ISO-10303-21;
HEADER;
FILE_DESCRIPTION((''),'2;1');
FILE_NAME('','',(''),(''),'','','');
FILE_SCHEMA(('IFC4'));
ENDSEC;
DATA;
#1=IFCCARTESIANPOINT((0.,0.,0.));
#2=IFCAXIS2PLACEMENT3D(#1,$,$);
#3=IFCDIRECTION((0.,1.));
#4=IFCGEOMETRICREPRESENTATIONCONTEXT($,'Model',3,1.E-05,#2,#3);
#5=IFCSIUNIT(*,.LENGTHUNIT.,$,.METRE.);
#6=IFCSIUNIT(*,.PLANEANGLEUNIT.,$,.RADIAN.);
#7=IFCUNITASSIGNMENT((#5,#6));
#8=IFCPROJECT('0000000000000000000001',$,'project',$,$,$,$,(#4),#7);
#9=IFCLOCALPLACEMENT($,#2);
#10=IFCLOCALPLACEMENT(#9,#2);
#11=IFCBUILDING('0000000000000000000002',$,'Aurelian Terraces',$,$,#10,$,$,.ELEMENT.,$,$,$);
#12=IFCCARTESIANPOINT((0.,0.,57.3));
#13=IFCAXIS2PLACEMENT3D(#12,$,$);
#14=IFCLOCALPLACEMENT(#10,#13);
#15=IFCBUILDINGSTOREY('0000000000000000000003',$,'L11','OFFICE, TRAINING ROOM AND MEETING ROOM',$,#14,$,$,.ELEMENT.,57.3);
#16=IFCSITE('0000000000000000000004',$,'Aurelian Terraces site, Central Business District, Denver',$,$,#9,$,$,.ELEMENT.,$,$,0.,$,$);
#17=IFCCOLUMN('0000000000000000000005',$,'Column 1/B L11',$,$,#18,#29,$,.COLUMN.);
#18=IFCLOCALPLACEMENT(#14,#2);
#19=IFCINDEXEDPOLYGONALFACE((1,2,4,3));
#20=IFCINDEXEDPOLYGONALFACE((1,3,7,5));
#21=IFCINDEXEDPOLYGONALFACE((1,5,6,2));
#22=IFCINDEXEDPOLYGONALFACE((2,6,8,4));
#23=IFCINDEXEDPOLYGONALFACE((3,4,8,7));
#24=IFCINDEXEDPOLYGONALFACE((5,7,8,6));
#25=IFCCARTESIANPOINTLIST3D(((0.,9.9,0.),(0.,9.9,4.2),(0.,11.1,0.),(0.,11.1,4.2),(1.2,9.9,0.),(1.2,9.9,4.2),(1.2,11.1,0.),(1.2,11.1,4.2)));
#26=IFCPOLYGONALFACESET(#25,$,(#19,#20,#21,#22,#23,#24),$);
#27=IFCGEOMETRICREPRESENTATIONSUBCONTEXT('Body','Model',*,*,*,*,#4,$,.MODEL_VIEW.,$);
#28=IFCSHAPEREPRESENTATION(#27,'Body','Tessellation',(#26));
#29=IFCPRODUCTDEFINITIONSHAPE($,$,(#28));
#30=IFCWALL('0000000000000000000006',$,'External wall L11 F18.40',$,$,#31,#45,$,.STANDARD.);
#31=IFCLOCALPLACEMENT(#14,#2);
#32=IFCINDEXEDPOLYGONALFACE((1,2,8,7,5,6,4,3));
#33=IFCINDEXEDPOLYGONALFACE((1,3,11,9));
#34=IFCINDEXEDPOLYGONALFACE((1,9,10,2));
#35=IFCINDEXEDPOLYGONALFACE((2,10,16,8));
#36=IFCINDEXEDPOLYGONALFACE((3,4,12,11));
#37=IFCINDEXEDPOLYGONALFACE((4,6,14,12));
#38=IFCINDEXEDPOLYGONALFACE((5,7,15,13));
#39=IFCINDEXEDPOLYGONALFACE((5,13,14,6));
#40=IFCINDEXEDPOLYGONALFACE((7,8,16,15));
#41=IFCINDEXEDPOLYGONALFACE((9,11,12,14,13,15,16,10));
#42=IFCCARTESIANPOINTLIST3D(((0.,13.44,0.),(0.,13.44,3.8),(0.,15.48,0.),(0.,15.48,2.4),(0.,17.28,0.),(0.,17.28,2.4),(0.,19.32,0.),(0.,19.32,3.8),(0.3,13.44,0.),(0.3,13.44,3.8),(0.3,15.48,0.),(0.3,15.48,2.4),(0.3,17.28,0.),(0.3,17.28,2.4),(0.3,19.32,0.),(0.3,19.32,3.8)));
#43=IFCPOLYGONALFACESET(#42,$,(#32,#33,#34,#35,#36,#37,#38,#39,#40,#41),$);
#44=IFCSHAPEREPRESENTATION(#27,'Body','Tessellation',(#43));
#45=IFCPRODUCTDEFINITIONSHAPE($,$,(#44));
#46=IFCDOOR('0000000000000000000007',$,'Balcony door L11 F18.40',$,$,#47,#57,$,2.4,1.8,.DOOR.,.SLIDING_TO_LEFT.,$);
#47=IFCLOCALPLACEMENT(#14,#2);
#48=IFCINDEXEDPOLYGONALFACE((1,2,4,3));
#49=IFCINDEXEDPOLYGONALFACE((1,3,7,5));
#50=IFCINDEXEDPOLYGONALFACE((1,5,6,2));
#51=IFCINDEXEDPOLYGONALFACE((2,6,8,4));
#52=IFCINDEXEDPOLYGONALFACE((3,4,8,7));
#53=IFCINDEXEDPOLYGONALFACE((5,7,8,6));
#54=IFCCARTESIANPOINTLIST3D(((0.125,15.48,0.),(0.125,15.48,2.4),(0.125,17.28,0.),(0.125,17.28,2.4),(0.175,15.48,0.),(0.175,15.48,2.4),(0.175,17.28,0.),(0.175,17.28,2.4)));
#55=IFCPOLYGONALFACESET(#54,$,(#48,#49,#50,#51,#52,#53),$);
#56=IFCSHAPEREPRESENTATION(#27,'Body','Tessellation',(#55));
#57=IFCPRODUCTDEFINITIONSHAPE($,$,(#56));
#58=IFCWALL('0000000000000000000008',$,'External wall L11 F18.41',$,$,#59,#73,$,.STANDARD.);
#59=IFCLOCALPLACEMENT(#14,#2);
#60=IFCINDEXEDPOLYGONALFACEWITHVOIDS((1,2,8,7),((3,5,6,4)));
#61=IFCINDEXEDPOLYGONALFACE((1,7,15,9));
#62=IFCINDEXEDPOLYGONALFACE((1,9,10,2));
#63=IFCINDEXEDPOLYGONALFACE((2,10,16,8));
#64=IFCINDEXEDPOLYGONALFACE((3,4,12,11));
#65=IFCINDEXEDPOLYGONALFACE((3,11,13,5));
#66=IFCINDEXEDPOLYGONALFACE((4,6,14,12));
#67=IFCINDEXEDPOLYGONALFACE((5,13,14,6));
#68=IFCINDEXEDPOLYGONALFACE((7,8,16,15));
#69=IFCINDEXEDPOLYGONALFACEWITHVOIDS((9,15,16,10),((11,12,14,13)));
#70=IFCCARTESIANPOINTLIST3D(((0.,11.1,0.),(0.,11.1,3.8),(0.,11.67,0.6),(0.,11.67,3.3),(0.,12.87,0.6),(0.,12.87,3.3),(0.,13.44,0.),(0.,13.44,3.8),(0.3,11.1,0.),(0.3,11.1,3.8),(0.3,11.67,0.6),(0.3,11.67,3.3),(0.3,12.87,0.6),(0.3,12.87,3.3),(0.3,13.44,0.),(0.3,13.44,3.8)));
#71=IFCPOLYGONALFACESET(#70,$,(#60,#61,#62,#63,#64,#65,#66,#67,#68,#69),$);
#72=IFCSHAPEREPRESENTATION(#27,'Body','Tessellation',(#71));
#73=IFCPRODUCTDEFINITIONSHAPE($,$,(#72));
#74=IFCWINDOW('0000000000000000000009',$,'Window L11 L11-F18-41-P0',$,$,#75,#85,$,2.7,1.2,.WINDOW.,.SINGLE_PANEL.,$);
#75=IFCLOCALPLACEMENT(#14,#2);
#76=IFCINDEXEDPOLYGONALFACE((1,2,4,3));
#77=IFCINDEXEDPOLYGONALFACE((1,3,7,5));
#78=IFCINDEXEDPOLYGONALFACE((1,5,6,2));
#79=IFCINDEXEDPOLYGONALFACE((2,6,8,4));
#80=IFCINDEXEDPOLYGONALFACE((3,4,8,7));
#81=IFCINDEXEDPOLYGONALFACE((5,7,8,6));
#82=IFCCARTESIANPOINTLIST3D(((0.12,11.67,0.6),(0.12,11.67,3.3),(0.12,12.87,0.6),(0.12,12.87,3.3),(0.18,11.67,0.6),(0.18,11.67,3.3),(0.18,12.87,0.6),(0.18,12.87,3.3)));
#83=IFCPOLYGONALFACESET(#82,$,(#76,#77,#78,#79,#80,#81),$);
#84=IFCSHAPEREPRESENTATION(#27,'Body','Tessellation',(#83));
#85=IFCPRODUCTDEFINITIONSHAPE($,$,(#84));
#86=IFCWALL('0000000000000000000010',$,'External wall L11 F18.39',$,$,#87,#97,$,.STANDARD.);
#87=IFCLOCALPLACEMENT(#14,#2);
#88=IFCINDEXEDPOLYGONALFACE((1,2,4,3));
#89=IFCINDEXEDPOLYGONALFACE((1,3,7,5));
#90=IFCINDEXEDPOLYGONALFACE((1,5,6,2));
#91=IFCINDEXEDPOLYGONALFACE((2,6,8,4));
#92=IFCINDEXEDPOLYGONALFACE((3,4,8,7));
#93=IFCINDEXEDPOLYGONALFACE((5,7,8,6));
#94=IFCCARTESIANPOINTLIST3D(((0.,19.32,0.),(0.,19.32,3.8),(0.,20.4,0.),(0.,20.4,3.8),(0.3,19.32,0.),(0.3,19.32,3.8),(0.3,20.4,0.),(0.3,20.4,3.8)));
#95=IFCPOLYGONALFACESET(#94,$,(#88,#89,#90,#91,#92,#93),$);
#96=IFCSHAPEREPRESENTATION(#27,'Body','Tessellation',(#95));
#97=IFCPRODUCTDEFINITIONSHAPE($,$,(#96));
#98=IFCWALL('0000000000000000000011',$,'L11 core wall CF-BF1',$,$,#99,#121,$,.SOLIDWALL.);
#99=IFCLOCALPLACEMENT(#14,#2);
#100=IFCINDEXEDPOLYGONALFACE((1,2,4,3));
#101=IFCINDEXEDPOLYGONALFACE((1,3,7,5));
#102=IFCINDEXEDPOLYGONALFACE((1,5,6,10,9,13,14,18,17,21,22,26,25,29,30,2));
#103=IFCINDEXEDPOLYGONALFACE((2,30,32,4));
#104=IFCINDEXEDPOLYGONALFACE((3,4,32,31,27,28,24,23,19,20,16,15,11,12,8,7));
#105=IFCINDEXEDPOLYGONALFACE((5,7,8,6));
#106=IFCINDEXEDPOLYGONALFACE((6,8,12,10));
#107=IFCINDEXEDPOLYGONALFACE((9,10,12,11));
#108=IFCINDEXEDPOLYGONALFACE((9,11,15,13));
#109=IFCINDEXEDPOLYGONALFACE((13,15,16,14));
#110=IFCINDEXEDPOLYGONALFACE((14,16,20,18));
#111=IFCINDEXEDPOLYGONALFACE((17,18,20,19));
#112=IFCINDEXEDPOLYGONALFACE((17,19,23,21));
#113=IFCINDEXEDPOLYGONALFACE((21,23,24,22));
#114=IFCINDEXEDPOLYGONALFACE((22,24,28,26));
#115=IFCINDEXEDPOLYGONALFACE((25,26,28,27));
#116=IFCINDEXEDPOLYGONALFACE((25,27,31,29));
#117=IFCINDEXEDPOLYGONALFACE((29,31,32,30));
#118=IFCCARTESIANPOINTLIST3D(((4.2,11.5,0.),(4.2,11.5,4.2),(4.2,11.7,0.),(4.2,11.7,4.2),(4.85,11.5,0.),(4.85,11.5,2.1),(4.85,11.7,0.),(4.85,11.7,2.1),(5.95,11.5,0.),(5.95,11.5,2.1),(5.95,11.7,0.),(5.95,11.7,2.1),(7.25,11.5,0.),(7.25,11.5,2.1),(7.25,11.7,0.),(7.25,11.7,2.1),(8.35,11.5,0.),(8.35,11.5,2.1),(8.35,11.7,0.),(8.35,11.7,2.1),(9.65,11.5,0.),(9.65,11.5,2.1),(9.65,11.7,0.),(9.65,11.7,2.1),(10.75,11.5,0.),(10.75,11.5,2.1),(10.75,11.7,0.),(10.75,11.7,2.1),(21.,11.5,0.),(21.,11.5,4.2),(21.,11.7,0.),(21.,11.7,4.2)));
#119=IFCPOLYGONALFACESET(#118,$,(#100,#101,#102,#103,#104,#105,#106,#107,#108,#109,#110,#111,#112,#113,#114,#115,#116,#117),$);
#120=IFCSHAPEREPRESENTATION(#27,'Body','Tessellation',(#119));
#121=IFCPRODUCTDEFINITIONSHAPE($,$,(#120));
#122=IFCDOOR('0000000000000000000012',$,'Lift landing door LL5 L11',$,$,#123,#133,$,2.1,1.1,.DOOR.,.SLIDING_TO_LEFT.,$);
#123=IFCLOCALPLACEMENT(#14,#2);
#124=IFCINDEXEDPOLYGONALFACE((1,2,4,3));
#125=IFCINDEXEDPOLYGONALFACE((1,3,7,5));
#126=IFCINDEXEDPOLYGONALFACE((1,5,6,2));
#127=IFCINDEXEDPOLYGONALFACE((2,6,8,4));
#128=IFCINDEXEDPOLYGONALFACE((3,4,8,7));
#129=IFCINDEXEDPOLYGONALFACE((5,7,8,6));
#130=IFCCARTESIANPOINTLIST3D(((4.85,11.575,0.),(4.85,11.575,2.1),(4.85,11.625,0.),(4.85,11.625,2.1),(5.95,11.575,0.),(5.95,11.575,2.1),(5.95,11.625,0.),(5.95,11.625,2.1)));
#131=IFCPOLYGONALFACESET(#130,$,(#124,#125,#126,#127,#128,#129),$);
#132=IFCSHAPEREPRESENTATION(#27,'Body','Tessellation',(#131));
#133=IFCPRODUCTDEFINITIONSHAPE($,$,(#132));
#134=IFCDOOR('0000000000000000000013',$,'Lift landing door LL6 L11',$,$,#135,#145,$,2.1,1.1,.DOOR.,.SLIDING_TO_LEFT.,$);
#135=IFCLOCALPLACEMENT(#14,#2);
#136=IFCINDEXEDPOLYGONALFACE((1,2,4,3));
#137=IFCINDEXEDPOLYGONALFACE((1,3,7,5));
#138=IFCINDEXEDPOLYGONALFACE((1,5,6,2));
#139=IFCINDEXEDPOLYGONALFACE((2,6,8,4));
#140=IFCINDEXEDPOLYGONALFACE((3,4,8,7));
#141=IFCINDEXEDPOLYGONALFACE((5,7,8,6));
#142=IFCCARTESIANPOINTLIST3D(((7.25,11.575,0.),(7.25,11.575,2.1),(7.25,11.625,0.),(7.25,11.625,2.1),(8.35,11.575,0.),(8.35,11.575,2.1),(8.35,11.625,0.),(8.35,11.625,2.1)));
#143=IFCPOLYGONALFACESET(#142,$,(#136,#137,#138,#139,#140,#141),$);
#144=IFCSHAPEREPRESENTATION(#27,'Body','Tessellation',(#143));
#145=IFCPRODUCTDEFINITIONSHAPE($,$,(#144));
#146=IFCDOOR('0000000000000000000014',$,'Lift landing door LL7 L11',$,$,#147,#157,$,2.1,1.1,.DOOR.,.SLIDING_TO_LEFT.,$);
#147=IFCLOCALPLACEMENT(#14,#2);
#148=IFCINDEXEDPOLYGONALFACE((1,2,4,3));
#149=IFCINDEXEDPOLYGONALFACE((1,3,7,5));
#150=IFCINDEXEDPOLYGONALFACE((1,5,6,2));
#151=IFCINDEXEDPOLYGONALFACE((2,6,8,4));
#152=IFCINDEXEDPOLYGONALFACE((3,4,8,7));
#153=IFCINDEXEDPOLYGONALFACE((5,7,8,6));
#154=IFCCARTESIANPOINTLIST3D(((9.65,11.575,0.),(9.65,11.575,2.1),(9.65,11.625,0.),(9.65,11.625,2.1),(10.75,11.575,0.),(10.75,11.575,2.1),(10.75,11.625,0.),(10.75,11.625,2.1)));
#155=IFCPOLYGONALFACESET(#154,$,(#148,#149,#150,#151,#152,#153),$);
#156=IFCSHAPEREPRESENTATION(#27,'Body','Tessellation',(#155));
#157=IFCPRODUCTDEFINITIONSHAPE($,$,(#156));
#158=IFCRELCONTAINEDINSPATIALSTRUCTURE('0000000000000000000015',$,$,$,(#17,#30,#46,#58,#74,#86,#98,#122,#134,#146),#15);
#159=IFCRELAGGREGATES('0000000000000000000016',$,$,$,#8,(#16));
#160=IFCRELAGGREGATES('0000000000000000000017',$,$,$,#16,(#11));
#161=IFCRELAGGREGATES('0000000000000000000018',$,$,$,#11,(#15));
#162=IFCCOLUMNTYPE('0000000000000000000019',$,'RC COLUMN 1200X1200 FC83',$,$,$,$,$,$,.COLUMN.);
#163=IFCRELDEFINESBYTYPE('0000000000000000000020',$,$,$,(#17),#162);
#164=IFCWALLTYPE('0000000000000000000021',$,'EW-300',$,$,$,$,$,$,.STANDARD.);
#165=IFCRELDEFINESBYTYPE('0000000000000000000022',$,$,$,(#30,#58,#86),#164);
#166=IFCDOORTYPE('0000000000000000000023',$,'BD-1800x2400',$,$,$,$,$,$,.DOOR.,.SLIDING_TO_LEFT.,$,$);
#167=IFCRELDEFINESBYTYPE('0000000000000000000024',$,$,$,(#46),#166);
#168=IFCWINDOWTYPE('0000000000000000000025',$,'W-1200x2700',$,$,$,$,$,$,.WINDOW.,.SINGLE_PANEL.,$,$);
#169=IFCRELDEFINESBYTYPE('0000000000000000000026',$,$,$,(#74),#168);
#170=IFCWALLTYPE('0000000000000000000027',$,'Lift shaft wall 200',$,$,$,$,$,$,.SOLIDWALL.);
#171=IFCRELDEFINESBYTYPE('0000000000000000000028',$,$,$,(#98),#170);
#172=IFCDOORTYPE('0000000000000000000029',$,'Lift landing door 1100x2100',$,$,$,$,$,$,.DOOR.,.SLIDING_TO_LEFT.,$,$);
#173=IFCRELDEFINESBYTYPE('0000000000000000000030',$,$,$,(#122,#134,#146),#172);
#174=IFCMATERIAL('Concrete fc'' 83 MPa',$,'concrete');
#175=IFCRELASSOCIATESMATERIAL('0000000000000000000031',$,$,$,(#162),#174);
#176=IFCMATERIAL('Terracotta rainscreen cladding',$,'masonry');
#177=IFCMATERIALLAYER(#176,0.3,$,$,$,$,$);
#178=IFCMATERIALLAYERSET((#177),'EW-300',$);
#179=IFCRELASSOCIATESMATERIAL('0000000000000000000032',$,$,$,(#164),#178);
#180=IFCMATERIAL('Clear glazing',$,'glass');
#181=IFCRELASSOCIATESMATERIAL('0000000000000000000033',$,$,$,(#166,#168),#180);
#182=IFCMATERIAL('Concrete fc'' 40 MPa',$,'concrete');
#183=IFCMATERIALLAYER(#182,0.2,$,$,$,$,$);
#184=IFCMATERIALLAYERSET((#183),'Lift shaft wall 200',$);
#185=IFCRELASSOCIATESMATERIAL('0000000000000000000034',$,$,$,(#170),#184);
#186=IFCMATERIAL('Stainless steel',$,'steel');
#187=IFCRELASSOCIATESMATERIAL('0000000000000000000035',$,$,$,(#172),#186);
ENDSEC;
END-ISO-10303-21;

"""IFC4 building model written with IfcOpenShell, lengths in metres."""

from ifc_helpers import new_model, si_unit, direction, frame, frame_2d, origin, origin_2d, place, context, subcontext, project, spatial, rectangle, extrude, source, transform, mapped, material, layer, layer_set, material_profile, profile_set, type_object, element, fill, save


model = new_model("IFC4")

# Units and contexts
model_context = context("Model", 3, precision=1e-05, world=origin(), true_north=direction((0.0, 1.0)))
body_context = subcontext(model_context, "Body", "Model", "MODEL_VIEW")
ifc_project = project(units=[si_unit("LENGTHUNIT", "METRE"), si_unit("PLANEANGLEUNIT", "RADIAN")], contexts=[model_context])

# Site, building, storey
site_placement = place(None, origin())
site = spatial("IfcSite", under=ifc_project, at=site_placement, Name="Aurelian Terraces site, Central Business District, Denver", CompositionType="ELEMENT", RefElevation=0.0)
building_placement = place(site_placement, origin())
building = spatial("IfcBuilding", under=site, at=building_placement, Name="Aurelian Terraces", CompositionType="ELEMENT")
storey_placement = place(building_placement, frame((0.0, 0.0, 57.3)))
storey = spatial("IfcBuildingStorey", under=building, at=storey_placement, Name="L11", Description="OFFICE, TRAINING ROOM AND MEETING ROOM", CompositionType="ELEMENT", Elevation=57.3)

# Column
ifc_material_1 = material(Name="Concrete fc' 83 MPa", Category="concrete")
ifc_material_profile = material_profile(ifc_material_1, rectangle(XDim=1.2, YDim=1.2, at=origin_2d()))
ifc_profile_set = profile_set([ifc_material_profile], Name="Concrete fc' 83 MPa")
column_type = type_object("IfcColumnType", Name="RC COLUMN 1200X1200 FC83", PredefinedType="COLUMN", material=ifc_profile_set)
shared_shape_1 = source(origin(), body_context, "Body", "SweptSolid", [
    extrude(rectangle(XDim=1.2, YDim=1.2, at=origin_2d()), origin(), (0.0, 0.0, 1.0), 4.2),
])
column_placement = place(storey_placement, frame((0.6, 10.5, 0.0), z_axis=(0.0, 0.0, 1.0), x_axis=(1.0, 0.0, 0.0)))
element("IfcColumn", 1, at=column_placement, inside=storey, type_object=column_type, Name="Column 1/B L11", PredefinedType="COLUMN", context=body_context, shape_type="MappedRepresentation", body=[
    mapped(shared_shape_1, transform((0.0, 0.0, 0.0), scale=1.0)),
])

# Wall, opening, door
ifc_material_2 = material(Name="Terracotta rainscreen cladding", Category="masonry")
ifc_layer_1 = layer(ifc_material_2, 0.3)
ifc_layer_set_1 = layer_set([ifc_layer_1], Name="EW-300")
wall_type_1 = type_object("IfcWallType", Name="EW-300", PredefinedType="STANDARD", material=ifc_layer_set_1)
shared_shape_2 = source(origin(), body_context, "Body", "SweptSolid", [
    extrude(rectangle(XDim=5.88, YDim=0.3, at=frame_2d((2.94, 0.0))), origin(), (0.0, 0.0, 1.0), 3.8),
])
wall_1_placement = place(storey_placement, frame((0.15, 19.32, 0.0), z_axis=(0.0, 0.0, 1.0), x_axis=(0.0, -1.0, 0.0)))
wall_1 = element("IfcWall", 2, at=wall_1_placement, inside=storey, type_object=wall_type_1, Name="External wall L11 F18.40", PredefinedType="STANDARD", context=body_context, shape_type="MappedRepresentation", body=[
    mapped(shared_shape_2, transform((0.0, 0.0, 0.0), scale=1.0)),
])
shared_shape_3 = source(origin(), body_context, "Body", "SweptSolid", [
    extrude(rectangle(XDim=1.8, YDim=2.4, at=frame_2d((0.9, 1.2))), frame((0.0, 0.16, 0.0), z_axis=(0.0, -1.0, 0.0), x_axis=(1.0, 0.0, 0.0)), (0.0, 0.0, 1.0), 0.32),
])
opening_1_placement = place(wall_1_placement, frame((2.04, 0.0, 0.0)))
opening_1 = element("IfcOpeningElement", 3, at=opening_1_placement, cuts=wall_1, PredefinedType="OPENING", context=body_context, shape_type="MappedRepresentation", body=[
    mapped(shared_shape_3, transform((0.0, 0.0, 0.0), scale=1.0)),
])
ifc_material_3 = material(Name="Clear glazing", Category="glass")
door_type_1 = type_object("IfcDoorType", Name="BD-1800x2400", OperationType="SLIDING_TO_LEFT", PredefinedType="DOOR", material=ifc_material_3)
shared_shape_4 = source(origin(), body_context, "Body", "SweptSolid", [
    extrude(rectangle(XDim=1.8, YDim=2.4, at=frame_2d((0.9, 1.2))), frame((0.0, 0.025, 0.0), z_axis=(0.0, -1.0, 0.0), x_axis=(1.0, 0.0, 0.0)), (0.0, 0.0, 1.0), 0.05),
])
door_1_placement = place(opening_1_placement, origin())
door_1 = element("IfcDoor", 4, at=door_1_placement, inside=storey, type_object=door_type_1, Name="Balcony door L11 F18.40", OperationType="SLIDING_TO_LEFT", OverallHeight=2.4, OverallWidth=1.8, PredefinedType="DOOR", context=body_context, shape_type="MappedRepresentation", body=[
    mapped(shared_shape_4, transform((0.0, 0.0, 0.0), scale=1.0)),
])
fill(opening_1, door_1)

# Wall, opening, window
shared_shape_5 = source(origin(), body_context, "Body", "SweptSolid", [
    extrude(rectangle(XDim=2.34, YDim=0.3, at=frame_2d((1.17, 0.0))), origin(), (0.0, 0.0, 1.0), 3.8),
])
wall_2_placement = place(storey_placement, frame((0.15, 13.44, 0.0), z_axis=(0.0, 0.0, 1.0), x_axis=(0.0, -1.0, 0.0)))
wall_2 = element("IfcWall", 5, at=wall_2_placement, inside=storey, type_object=wall_type_1, Name="External wall L11 F18.41", PredefinedType="STANDARD", context=body_context, shape_type="MappedRepresentation", body=[
    mapped(shared_shape_5, transform((0.0, 0.0, 0.0), scale=1.0)),
])
shared_shape_6 = source(origin(), body_context, "Body", "SweptSolid", [
    extrude(rectangle(XDim=1.2, YDim=2.7, at=frame_2d((0.6, 1.35))), frame((0.0, 0.16, 0.0), z_axis=(0.0, -1.0, 0.0), x_axis=(1.0, 0.0, 0.0)), (0.0, 0.0, 1.0), 0.32),
])
opening_2_placement = place(wall_2_placement, frame((0.57, 0.0, 0.6)))
opening_2 = element("IfcOpeningElement", 6, at=opening_2_placement, cuts=wall_2, PredefinedType="OPENING", context=body_context, shape_type="MappedRepresentation", body=[
    mapped(shared_shape_6, transform((0.0, 0.0, 0.0), scale=1.0)),
])
window_type = type_object("IfcWindowType", Name="W-1200x2700", PartitioningType="SINGLE_PANEL", PredefinedType="WINDOW", material=ifc_material_3)
shared_shape_7 = source(origin(), body_context, "Body", "SweptSolid", [
    extrude(rectangle(XDim=1.2, YDim=2.7, at=frame_2d((0.6, 1.35))), frame((0.0, 0.03, 0.0), z_axis=(0.0, -1.0, 0.0), x_axis=(1.0, 0.0, 0.0)), (0.0, 0.0, 1.0), 0.06),
])
window_placement = place(opening_2_placement, origin())
window = element("IfcWindow", 7, at=window_placement, inside=storey, type_object=window_type, Name="Window L11 L11-F18-41-P0", OverallHeight=2.7, OverallWidth=1.2, PartitioningType="SINGLE_PANEL", PredefinedType="WINDOW", context=body_context, shape_type="MappedRepresentation", body=[
    mapped(shared_shape_7, transform((0.0, 0.0, 0.0), scale=1.0)),
])
fill(opening_2, window)

# Wall
shared_shape_8 = source(origin(), body_context, "Body", "SweptSolid", [
    extrude(rectangle(XDim=1.08, YDim=0.3, at=frame_2d((0.54, 0.0))), origin(), (0.0, 0.0, 1.0), 3.8),
])
wall_3_placement = place(storey_placement, frame((0.15, 20.4, 0.0), z_axis=(0.0, 0.0, 1.0), x_axis=(0.0, -1.0, 0.0)))
element("IfcWall", 8, at=wall_3_placement, inside=storey, type_object=wall_type_1, Name="External wall L11 F18.39", PredefinedType="STANDARD", context=body_context, shape_type="MappedRepresentation", body=[
    mapped(shared_shape_8, transform((0.0, 0.0, 0.0), scale=1.0)),
])

# Wall, openings, doors
ifc_material_4 = material(Name="Concrete fc' 40 MPa", Category="concrete")
ifc_layer_2 = layer(ifc_material_4, 0.2)
ifc_layer_set_2 = layer_set([ifc_layer_2], Name="Lift shaft wall 200")
wall_type_2 = type_object("IfcWallType", Name="Lift shaft wall 200", PredefinedType="SOLIDWALL", material=ifc_layer_set_2)
shared_shape_9 = source(origin(), body_context, "Body", "SweptSolid", [
    extrude(rectangle(XDim=16.8, YDim=0.2, at=frame_2d((8.4, 0.0))), origin(), (0.0, 0.0, 1.0), 4.2),
])
wall_4_placement = place(storey_placement, frame((4.2, 11.6, 0.0), z_axis=(0.0, 0.0, 1.0), x_axis=(1.0, 0.0, 0.0)))
wall_4 = element("IfcWall", 9, at=wall_4_placement, inside=storey, type_object=wall_type_2, Name="L11 core wall CF-BF1", PredefinedType="SOLIDWALL", context=body_context, shape_type="MappedRepresentation", body=[
    mapped(shared_shape_9, transform((0.0, 0.0, 0.0), scale=1.0)),
])
shared_shape_10 = source(origin(), body_context, "Body", "SweptSolid", [
    extrude(rectangle(XDim=1.1, YDim=2.1, at=frame_2d((0.55, 1.05))), frame((0.0, 0.11, 0.0), z_axis=(0.0, -1.0, 0.0), x_axis=(1.0, 0.0, 0.0)), (0.0, 0.0, 1.0), 0.22),
])
opening_3_placement = place(wall_4_placement, frame((0.65, 0.0, 0.0)))
opening_3 = element("IfcOpeningElement", 10, at=opening_3_placement, cuts=wall_4, PredefinedType="OPENING", context=body_context, shape_type="MappedRepresentation", body=[
    mapped(shared_shape_10, transform((0.0, 0.0, 0.0), scale=1.0)),
])
opening_4_placement = place(wall_4_placement, frame((3.05, 0.0, 0.0)))
opening_4 = element("IfcOpeningElement", 11, at=opening_4_placement, cuts=wall_4, PredefinedType="OPENING", context=body_context, shape_type="MappedRepresentation", body=[
    mapped(shared_shape_10, transform((0.0, 0.0, 0.0), scale=1.0)),
])
opening_5_placement = place(wall_4_placement, frame((5.45, 0.0, 0.0)))
opening_5 = element("IfcOpeningElement", 12, at=opening_5_placement, cuts=wall_4, PredefinedType="OPENING", context=body_context, shape_type="MappedRepresentation", body=[
    mapped(shared_shape_10, transform((0.0, 0.0, 0.0), scale=1.0)),
])
ifc_material_5 = material(Name="Stainless steel", Category="steel")
door_type_2 = type_object("IfcDoorType", Name="Lift landing door 1100x2100", OperationType="SLIDING_TO_LEFT", PredefinedType="DOOR", material=ifc_material_5)
shared_shape_11 = source(origin(), body_context, "Body", "SweptSolid", [
    extrude(rectangle(XDim=1.1, YDim=2.1, at=frame_2d((0.55, 1.05))), frame((0.0, 0.025, 0.0), z_axis=(0.0, -1.0, 0.0), x_axis=(1.0, 0.0, 0.0)), (0.0, 0.0, 1.0), 0.05),
])
door_2_placement = place(opening_3_placement, origin())
door_2 = element("IfcDoor", 13, at=door_2_placement, inside=storey, type_object=door_type_2, Name="Lift landing door LL5 L11", OperationType="SLIDING_TO_LEFT", OverallHeight=2.1, OverallWidth=1.1, PredefinedType="DOOR", context=body_context, shape_type="MappedRepresentation", body=[
    mapped(shared_shape_11, transform((0.0, 0.0, 0.0), scale=1.0)),
])
fill(opening_3, door_2)
door_3_placement = place(opening_4_placement, origin())
door_3 = element("IfcDoor", 14, at=door_3_placement, inside=storey, type_object=door_type_2, Name="Lift landing door LL6 L11", OperationType="SLIDING_TO_LEFT", OverallHeight=2.1, OverallWidth=1.1, PredefinedType="DOOR", context=body_context, shape_type="MappedRepresentation", body=[
    mapped(shared_shape_11, transform((0.0, 0.0, 0.0), scale=1.0)),
])
fill(opening_4, door_3)
door_4_placement = place(opening_5_placement, origin())
door_4 = element("IfcDoor", 15, at=door_4_placement, inside=storey, type_object=door_type_2, Name="Lift landing door LL7 L11", OperationType="SLIDING_TO_LEFT", OverallHeight=2.1, OverallWidth=1.1, PredefinedType="DOOR", context=body_context, shape_type="MappedRepresentation", body=[
    mapped(shared_shape_11, transform((0.0, 0.0, 0.0), scale=1.0)),
])
fill(opening_5, door_4)

save(model, "model.ifc")
